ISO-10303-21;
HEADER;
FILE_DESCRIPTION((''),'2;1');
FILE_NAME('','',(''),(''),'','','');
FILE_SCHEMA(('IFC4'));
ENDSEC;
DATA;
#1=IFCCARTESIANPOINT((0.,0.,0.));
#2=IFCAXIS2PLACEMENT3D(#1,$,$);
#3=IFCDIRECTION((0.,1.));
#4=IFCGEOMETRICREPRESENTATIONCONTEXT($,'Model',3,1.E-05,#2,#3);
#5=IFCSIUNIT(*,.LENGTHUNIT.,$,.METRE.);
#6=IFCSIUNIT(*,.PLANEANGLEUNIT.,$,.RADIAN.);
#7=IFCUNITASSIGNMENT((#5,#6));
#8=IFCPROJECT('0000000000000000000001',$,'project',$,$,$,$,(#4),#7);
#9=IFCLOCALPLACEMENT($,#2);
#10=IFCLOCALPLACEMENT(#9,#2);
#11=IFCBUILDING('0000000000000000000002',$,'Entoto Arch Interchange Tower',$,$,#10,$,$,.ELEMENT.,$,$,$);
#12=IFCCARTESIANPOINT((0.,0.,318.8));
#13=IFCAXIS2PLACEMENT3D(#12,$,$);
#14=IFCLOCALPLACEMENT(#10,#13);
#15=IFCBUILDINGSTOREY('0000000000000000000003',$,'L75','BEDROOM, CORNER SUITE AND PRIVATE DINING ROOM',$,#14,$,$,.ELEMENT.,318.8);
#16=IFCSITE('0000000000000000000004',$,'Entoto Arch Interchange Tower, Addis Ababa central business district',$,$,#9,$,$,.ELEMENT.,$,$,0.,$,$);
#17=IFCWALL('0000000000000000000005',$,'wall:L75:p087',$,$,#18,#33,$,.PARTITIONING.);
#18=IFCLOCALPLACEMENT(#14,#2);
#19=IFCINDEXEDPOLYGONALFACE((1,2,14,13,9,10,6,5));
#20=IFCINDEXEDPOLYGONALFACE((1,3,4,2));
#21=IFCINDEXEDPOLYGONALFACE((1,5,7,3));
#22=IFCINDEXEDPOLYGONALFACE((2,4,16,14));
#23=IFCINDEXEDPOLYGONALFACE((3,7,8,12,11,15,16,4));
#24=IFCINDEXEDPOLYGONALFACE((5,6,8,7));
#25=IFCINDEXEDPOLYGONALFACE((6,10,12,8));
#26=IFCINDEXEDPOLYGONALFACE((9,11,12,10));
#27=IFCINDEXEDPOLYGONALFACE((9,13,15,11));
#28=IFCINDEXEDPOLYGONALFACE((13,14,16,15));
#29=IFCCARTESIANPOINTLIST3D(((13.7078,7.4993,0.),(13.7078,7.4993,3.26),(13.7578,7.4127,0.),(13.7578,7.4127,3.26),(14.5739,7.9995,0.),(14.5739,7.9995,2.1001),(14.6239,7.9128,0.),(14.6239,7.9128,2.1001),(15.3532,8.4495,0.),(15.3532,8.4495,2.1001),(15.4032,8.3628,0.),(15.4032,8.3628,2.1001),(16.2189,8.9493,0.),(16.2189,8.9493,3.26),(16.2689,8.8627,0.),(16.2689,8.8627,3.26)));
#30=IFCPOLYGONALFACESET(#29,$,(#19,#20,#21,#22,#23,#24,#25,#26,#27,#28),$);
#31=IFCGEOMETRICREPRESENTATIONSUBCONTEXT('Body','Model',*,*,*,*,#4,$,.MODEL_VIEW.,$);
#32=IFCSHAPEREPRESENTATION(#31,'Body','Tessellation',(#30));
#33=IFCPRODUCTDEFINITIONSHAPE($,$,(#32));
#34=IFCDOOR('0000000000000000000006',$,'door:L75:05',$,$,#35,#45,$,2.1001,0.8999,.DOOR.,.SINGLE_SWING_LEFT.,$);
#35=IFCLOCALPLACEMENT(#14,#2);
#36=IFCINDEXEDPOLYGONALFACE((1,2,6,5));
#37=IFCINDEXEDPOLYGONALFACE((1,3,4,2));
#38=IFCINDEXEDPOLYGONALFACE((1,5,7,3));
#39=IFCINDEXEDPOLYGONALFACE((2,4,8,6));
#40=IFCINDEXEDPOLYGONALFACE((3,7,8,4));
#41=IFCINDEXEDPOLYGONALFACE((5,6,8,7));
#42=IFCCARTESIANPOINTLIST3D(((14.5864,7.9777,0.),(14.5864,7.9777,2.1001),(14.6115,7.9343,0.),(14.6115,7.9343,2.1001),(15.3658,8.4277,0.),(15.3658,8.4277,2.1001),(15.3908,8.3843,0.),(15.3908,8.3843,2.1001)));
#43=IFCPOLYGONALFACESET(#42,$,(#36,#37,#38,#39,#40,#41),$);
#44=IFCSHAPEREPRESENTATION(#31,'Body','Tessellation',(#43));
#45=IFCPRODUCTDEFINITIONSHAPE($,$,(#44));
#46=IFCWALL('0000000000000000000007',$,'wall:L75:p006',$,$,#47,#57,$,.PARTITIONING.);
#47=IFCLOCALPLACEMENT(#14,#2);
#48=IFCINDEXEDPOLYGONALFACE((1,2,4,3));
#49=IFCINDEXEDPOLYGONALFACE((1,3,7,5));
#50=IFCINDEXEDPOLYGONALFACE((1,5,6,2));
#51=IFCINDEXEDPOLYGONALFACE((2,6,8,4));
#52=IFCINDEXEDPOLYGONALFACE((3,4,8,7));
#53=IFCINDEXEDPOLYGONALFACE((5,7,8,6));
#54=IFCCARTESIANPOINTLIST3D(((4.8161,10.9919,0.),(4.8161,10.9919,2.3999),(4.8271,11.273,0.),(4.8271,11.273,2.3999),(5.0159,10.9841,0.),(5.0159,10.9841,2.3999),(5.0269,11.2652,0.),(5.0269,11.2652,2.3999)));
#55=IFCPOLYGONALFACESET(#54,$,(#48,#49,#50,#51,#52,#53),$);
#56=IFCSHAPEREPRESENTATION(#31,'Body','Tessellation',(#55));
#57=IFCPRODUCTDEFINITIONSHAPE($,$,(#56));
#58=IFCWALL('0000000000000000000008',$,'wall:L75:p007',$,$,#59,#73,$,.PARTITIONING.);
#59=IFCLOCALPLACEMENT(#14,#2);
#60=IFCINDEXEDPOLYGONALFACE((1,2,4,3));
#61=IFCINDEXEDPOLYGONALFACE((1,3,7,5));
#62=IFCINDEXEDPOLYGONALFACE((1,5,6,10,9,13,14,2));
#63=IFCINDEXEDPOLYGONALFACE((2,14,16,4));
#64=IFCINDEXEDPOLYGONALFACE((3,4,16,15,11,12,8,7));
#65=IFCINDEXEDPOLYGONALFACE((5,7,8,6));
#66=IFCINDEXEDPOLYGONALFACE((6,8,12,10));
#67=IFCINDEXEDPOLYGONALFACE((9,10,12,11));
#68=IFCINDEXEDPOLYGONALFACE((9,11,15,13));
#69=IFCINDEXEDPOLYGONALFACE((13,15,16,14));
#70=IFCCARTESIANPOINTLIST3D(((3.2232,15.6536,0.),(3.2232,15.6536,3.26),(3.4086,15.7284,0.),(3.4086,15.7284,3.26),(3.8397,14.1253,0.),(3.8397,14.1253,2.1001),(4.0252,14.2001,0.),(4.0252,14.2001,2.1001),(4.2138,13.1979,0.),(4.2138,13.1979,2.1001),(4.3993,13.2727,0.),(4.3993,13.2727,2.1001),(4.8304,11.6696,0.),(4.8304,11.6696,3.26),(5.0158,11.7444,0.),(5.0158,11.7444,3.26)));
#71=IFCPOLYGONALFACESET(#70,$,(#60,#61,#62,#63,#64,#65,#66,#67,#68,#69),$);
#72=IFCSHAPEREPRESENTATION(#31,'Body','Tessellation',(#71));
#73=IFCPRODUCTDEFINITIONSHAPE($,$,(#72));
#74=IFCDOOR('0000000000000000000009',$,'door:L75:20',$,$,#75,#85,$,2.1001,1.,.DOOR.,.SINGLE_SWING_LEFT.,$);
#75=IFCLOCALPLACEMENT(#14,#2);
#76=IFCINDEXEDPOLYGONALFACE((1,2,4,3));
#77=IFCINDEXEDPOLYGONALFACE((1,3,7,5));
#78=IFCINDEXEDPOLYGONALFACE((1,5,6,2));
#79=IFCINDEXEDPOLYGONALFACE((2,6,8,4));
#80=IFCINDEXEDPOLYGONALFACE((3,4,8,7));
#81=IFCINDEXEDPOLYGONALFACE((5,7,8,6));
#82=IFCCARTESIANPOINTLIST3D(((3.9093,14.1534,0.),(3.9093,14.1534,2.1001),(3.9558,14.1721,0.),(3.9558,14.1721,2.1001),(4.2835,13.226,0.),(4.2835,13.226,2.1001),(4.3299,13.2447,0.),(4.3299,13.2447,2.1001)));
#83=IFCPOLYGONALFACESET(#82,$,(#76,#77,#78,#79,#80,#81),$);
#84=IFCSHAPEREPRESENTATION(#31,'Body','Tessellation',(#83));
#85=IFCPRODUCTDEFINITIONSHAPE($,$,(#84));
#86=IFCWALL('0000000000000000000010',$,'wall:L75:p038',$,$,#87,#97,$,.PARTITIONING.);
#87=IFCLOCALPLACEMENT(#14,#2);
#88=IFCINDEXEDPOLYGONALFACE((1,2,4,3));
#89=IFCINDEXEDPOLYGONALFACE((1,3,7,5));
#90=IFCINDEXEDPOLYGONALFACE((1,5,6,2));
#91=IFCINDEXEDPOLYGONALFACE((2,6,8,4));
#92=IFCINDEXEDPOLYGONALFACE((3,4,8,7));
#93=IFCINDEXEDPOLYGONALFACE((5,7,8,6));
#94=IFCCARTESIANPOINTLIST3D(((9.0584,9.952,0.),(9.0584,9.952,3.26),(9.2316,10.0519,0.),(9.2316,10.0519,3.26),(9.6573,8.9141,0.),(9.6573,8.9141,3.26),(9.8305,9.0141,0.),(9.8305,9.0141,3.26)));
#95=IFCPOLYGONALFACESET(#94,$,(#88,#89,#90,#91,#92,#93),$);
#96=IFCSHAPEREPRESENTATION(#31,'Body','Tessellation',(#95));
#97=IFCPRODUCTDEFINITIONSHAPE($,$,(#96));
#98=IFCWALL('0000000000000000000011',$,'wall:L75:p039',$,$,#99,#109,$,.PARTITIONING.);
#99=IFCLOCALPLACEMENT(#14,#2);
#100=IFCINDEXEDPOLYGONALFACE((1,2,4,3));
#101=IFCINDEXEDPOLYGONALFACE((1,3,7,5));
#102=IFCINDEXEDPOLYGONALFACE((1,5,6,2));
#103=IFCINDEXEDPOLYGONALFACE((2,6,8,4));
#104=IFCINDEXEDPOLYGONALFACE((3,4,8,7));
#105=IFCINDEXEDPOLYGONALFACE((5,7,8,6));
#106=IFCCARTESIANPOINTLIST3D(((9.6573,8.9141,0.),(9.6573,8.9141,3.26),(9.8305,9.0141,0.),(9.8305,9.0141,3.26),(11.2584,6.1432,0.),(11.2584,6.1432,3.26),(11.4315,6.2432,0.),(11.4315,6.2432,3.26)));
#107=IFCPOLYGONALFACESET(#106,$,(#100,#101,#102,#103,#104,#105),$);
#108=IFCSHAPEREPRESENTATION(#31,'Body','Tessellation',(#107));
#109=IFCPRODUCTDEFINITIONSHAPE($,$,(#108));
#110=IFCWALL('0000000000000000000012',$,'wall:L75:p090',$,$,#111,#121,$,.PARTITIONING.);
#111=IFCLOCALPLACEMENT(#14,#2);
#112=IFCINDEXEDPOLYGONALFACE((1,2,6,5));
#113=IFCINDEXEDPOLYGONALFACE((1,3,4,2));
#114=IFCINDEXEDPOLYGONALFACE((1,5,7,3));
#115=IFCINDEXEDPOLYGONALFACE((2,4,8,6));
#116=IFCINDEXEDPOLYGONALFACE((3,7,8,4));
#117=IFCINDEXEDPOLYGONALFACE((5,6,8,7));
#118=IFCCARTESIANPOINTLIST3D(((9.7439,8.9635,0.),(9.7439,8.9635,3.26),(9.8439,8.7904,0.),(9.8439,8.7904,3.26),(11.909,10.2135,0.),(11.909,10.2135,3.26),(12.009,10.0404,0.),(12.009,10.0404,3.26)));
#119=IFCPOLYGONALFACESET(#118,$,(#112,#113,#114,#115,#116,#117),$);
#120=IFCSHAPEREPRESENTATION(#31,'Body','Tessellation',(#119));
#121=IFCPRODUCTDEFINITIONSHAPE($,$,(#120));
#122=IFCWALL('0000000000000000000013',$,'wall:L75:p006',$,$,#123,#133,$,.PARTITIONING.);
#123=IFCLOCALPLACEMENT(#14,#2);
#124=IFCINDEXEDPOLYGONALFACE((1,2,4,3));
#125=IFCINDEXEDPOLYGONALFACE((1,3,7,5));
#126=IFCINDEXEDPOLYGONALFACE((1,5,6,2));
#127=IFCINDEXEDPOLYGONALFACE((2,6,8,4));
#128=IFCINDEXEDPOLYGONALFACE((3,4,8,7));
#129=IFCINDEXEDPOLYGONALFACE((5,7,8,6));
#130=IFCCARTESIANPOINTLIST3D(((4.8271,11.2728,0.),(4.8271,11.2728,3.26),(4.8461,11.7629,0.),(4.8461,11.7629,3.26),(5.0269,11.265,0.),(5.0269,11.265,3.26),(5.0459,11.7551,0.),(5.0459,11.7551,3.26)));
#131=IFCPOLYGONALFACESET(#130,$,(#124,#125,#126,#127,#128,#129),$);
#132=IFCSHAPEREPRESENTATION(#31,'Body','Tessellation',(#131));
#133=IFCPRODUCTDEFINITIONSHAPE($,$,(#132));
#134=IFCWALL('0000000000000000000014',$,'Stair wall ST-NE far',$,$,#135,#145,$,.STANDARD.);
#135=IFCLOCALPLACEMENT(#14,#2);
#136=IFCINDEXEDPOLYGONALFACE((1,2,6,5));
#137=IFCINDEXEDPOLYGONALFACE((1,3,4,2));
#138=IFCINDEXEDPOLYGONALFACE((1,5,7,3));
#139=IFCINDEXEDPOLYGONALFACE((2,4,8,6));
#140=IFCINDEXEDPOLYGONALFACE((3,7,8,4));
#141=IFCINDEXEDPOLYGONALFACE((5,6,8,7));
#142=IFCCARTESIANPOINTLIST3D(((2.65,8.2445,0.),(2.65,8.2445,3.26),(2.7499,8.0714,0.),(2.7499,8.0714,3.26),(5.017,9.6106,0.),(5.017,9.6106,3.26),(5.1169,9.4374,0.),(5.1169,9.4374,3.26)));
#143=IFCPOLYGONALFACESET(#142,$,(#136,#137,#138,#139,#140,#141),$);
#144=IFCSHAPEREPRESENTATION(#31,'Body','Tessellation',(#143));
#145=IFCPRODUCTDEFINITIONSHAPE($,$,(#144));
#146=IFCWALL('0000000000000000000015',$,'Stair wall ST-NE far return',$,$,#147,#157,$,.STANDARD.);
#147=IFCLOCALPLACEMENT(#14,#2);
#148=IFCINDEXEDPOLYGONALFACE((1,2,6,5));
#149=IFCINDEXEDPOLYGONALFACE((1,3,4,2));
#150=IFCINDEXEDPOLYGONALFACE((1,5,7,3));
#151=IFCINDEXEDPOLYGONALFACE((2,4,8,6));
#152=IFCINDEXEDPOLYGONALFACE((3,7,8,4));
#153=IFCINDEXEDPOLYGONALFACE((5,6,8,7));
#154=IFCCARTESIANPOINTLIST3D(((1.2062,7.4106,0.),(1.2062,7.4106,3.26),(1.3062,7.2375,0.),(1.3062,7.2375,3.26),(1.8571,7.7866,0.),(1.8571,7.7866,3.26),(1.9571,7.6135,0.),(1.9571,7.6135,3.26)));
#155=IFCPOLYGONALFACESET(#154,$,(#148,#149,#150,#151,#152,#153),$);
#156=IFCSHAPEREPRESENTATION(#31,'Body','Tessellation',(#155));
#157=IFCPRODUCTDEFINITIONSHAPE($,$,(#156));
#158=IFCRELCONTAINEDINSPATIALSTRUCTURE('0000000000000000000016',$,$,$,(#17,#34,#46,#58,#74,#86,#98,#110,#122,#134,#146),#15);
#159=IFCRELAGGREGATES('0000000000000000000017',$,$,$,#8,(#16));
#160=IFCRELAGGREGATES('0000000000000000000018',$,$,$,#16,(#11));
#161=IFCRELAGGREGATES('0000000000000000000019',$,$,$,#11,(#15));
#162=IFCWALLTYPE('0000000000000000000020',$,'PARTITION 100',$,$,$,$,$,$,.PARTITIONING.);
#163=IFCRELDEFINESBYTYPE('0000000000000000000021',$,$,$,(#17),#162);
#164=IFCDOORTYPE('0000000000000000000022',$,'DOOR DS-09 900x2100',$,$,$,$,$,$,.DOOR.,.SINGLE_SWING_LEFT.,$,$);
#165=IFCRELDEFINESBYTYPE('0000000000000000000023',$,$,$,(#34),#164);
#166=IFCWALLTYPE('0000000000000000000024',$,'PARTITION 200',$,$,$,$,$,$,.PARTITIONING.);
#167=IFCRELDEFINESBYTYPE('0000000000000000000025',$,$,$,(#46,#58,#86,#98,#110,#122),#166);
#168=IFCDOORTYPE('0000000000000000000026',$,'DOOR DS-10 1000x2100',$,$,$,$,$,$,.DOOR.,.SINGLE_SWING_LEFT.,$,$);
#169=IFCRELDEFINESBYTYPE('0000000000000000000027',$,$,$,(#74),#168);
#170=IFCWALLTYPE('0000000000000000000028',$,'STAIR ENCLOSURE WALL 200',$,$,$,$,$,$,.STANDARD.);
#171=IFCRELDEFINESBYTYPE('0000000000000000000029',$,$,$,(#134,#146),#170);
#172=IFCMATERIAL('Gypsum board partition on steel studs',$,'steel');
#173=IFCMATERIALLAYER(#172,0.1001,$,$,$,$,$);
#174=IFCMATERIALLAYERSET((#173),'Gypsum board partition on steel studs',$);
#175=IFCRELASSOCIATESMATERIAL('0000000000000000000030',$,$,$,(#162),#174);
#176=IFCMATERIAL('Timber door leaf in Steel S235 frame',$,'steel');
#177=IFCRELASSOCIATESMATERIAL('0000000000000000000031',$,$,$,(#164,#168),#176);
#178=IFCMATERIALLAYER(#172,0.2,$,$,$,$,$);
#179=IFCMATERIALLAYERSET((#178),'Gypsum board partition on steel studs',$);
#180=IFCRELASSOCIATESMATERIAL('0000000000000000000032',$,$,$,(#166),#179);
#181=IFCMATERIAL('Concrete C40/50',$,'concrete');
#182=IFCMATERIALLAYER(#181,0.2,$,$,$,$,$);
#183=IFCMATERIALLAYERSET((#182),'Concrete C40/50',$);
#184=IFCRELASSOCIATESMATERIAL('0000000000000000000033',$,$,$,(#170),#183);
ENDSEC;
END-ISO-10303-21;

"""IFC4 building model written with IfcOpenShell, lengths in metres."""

from ifc_helpers import new_model, si_unit, direction, frame, frame_2d, origin, place, context, subcontext, project, spatial, rectangle, extrude, material, layer, layer_set, type_object, element, fill, save


model = new_model("IFC4")

# Units and contexts
model_context = context("Model", 3, precision=1e-05, world=origin(), true_north=direction((0.0, 1.0)))
body_context = subcontext(model_context, "Body", "Model", "MODEL_VIEW")
ifc_project = project(units=[si_unit("LENGTHUNIT", "METRE"), si_unit("PLANEANGLEUNIT", "RADIAN")], contexts=[model_context])

# Site, building, storey
site_placement = place(None, origin())
site = spatial("IfcSite", under=ifc_project, at=site_placement, Name="Entoto Arch Interchange Tower, Addis Ababa central business district", CompositionType="ELEMENT", RefElevation=0.0)
building_placement = place(site_placement, origin())
building = spatial("IfcBuilding", under=site, at=building_placement, Name="Entoto Arch Interchange Tower", CompositionType="ELEMENT")
storey_placement = place(building_placement, frame((0.0, 0.0, 318.8)))
storey = spatial("IfcBuildingStorey", under=building, at=storey_placement, Name="L75", Description="BEDROOM, CORNER SUITE AND PRIVATE DINING ROOM", CompositionType="ELEMENT", Elevation=318.8)

# Shared definitions
ifc_material_1 = material(Name="Concrete C40/50", Category="concrete")

# Wall, opening, door
ifc_material_2 = material(Name="Gypsum board partition on steel studs", Category="steel")
ifc_layer_1 = layer(ifc_material_2, 0.1001)
ifc_layer_set_1 = layer_set([ifc_layer_1], Name="Gypsum board partition on steel studs")
wall_type_1 = type_object("IfcWallType", Name="PARTITION 100", PredefinedType="PARTITIONING", material=ifc_layer_set_1)
wall_1_placement = place(storey_placement, frame((13.7329, 7.4561, 0.0), z_axis=(0.0, 0.0, 1.0), x_axis=(0.865991, 0.50006, 0.0)))
wall_1 = element("IfcWall", 1, at=wall_1_placement, inside=storey, type_object=wall_type_1, Name="wall:L75:p087", PredefinedType="PARTITIONING", context=body_context, shape_type="SweptSolid", body=[
    extrude(rectangle(XDim=2.8997, YDim=0.1001, at=frame_2d((1.4497, 0.0))), origin(), (0.0, 0.0, 1.0), 3.26),
])
opening_1_placement = place(wall_1_placement, frame((1.0, 0.0, 0.0)))
opening_1 = element("IfcOpeningElement", 2, at=opening_1_placement, cuts=wall_1, PredefinedType="OPENING", context=body_context, shape_type="SweptSolid", body=[
    extrude(rectangle(XDim=0.8999, YDim=2.1001, at=frame_2d((0.45, 1.05))), frame((0.0, 0.0601, 0.0), z_axis=(0.0, -1.0, 0.0), x_axis=(1.0, 0.0, 0.0)), (0.0, 0.0, 1.0), 0.1201),
])
ifc_material_3 = material(Name="Timber door leaf in Steel S235 frame", Category="steel")
door_type_1 = type_object("IfcDoorType", Name="DOOR DS-09 900x2100", OperationType="SINGLE_SWING_LEFT", PredefinedType="DOOR", material=ifc_material_3)
door_1_placement = place(opening_1_placement, origin())
door_1 = element("IfcDoor", 3, at=door_1_placement, inside=storey, type_object=door_type_1, Name="door:L75:05", OperationType="SINGLE_SWING_LEFT", OverallHeight=2.1001, OverallWidth=0.8999, PredefinedType="DOOR", context=body_context, shape_type="SweptSolid", body=[
    extrude(rectangle(XDim=0.8999, YDim=2.1001, at=frame_2d((0.45, 1.05))), frame((0.0, 0.0249, 0.0), z_axis=(0.0, -1.0, 0.0), x_axis=(1.0, 0.0, 0.0)), (0.0, 0.0, 1.0), 0.05),
])
fill(opening_1, door_1)

# Wall
ifc_layer_2 = layer(ifc_material_2, 0.2)
ifc_layer_set_2 = layer_set([ifc_layer_2], Name="Gypsum board partition on steel studs")
wall_type_2 = type_object("IfcWallType", Name="PARTITION 200", PredefinedType="PARTITIONING", material=ifc_layer_set_2)
wall_2_placement = place(storey_placement, frame((4.916, 10.988, 0.0), z_axis=(0.0, 0.0, 1.0), x_axis=(0.039067, 0.999237, 0.0)))
element("IfcWall", 4, at=wall_2_placement, inside=storey, type_object=wall_type_2, Name="wall:L75:p006", PredefinedType="PARTITIONING", context=body_context, shape_type="SweptSolid", body=[
    extrude(rectangle(XDim=0.2812, YDim=0.2, at=frame_2d((0.1406, 0.0))), origin(), (0.0, 0.0, 1.0), 2.3999),
])

# Wall, opening, door
wall_3_placement = place(storey_placement, frame((4.9231, 11.707, 0.0), z_axis=(0.0, 0.0, 1.0), x_axis=(-0.374123, 0.927379, 0.0)))
wall_3 = element("IfcWall", 5, at=wall_3_placement, inside=storey, type_object=wall_type_2, Name="wall:L75:p007", PredefinedType="PARTITIONING", context=body_context, shape_type="SweptSolid", body=[
    extrude(rectangle(XDim=4.2959, YDim=0.2, at=frame_2d((2.1479, 0.0))), origin(), (0.0, 0.0, 1.0), 3.26),
])
opening_2_placement = place(wall_3_placement, frame((1.6479, 0.0, 0.0)))
opening_2 = element("IfcOpeningElement", 6, at=opening_2_placement, cuts=wall_3, PredefinedType="OPENING", context=body_context, shape_type="SweptSolid", body=[
    extrude(rectangle(XDim=1.0, YDim=2.1001, at=frame_2d((0.5, 1.05))), frame((0.0, 0.1099, 0.0), z_axis=(0.0, -1.0, 0.0), x_axis=(1.0, 0.0, 0.0)), (0.0, 0.0, 1.0), 0.22),
])
door_type_2 = type_object("IfcDoorType", Name="DOOR DS-10 1000x2100", OperationType="SINGLE_SWING_LEFT", PredefinedType="DOOR", material=ifc_material_3)
door_2_placement = place(opening_2_placement, origin())
door_2 = element("IfcDoor", 7, at=door_2_placement, inside=storey, type_object=door_type_2, Name="door:L75:20", OperationType="SINGLE_SWING_LEFT", OverallHeight=2.1001, OverallWidth=1.0, PredefinedType="DOOR", context=body_context, shape_type="SweptSolid", body=[
    extrude(rectangle(XDim=1.0, YDim=2.1001, at=frame_2d((0.5, 1.05))), frame((0.0, 0.0249, 0.0), z_axis=(0.0, -1.0, 0.0), x_axis=(1.0, 0.0, 0.0)), (0.0, 0.0, 1.0), 0.05),
])
fill(opening_2, door_2)

# Walls
wall_4_placement = place(storey_placement, frame((9.145, 10.002, 0.0), z_axis=(0.0, 0.0, 1.0), x_axis=(0.499799, -0.866141, 0.0)))
element("IfcWall", 8, at=wall_4_placement, inside=storey, type_object=wall_type_2, Name="wall:L75:p038", PredefinedType="PARTITIONING", context=body_context, shape_type="SweptSolid", body=[
    extrude(rectangle(XDim=1.1982, YDim=0.2, at=frame_2d((0.5991, 0.0))), origin(), (0.0, 0.0, 1.0), 3.26),
])
wall_5_placement = place(storey_placement, frame((9.7439, 8.9641, 0.0), z_axis=(0.0, 0.0, 1.0), x_axis=(0.50029, -0.865858, 0.0)))
element("IfcWall", 9, at=wall_5_placement, inside=storey, type_object=wall_type_2, Name="wall:L75:p039", PredefinedType="PARTITIONING", context=body_context, shape_type="SweptSolid", body=[
    extrude(rectangle(XDim=3.2002, YDim=0.2, at=frame_2d((1.6001, 0.0))), origin(), (0.0, 0.0, 1.0), 3.26),
])
wall_6_placement = place(storey_placement, frame((11.959, 10.127, 0.0), z_axis=(0.0, 0.0, 1.0), x_axis=(-0.866023, -0.500004, 0.0)))
element("IfcWall", 10, at=wall_6_placement, inside=storey, type_object=wall_type_2, Name="wall:L75:p090", PredefinedType="PARTITIONING", context=body_context, shape_type="SweptSolid", body=[
    extrude(rectangle(XDim=2.5, YDim=0.2, at=frame_2d((1.25, 0.0))), origin(), (0.0, 0.0, 1.0), 3.26),
])
wall_7_placement = place(storey_placement, frame((4.927, 11.269, 0.0), z_axis=(0.0, 0.0, 1.0), x_axis=(0.038835, 0.999246, 0.0)))
element("IfcWall", 11, at=wall_7_placement, inside=storey, type_object=wall_type_2, Name="wall:L75:p006", PredefinedType="PARTITIONING", context=body_context, shape_type="SweptSolid", body=[
    extrude(rectangle(XDim=0.4905, YDim=0.2, at=frame_2d((0.2451, 0.0))), origin(), (0.0, 0.0, 1.0), 3.26),
])
ifc_layer_3 = layer(ifc_material_1, 0.2)
ifc_layer_set_3 = layer_set([ifc_layer_3], Name="Concrete C40/50")
wall_type_3 = type_object("IfcWallType", Name="STAIR ENCLOSURE WALL 200", PredefinedType="STANDARD", material=ifc_layer_set_3)
wall_8_placement = place(storey_placement, frame((2.7, 8.158, 0.0), z_axis=(0.0, 0.0, 1.0), x_axis=(0.866119, 0.499838, 0.0)))
element("IfcWall", 12, at=wall_8_placement, inside=storey, type_object=wall_type_3, Name="Stair wall ST-NE far", PredefinedType="STANDARD", context=body_context, shape_type="SweptSolid", body=[
    extrude(rectangle(XDim=2.7329, YDim=0.2, at=frame_2d((1.3665, 0.0))), origin(), (0.0, 0.0, 1.0), 3.26),
])
wall_9_placement = place(storey_placement, frame((1.2561, 7.324, 0.0), z_axis=(0.0, 0.0, 1.0), x_axis=(0.865915, 0.500191, 0.0)))
element("IfcWall", 13, at=wall_9_placement, inside=storey, type_object=wall_type_3, Name="Stair wall ST-NE far return", PredefinedType="STANDARD", context=body_context, shape_type="SweptSolid", body=[
    extrude(rectangle(XDim=0.7517, YDim=0.2, at=frame_2d((0.376, 0.0))), origin(), (0.0, 0.0, 1.0), 3.26),
])

save(model, "model.ifc")
